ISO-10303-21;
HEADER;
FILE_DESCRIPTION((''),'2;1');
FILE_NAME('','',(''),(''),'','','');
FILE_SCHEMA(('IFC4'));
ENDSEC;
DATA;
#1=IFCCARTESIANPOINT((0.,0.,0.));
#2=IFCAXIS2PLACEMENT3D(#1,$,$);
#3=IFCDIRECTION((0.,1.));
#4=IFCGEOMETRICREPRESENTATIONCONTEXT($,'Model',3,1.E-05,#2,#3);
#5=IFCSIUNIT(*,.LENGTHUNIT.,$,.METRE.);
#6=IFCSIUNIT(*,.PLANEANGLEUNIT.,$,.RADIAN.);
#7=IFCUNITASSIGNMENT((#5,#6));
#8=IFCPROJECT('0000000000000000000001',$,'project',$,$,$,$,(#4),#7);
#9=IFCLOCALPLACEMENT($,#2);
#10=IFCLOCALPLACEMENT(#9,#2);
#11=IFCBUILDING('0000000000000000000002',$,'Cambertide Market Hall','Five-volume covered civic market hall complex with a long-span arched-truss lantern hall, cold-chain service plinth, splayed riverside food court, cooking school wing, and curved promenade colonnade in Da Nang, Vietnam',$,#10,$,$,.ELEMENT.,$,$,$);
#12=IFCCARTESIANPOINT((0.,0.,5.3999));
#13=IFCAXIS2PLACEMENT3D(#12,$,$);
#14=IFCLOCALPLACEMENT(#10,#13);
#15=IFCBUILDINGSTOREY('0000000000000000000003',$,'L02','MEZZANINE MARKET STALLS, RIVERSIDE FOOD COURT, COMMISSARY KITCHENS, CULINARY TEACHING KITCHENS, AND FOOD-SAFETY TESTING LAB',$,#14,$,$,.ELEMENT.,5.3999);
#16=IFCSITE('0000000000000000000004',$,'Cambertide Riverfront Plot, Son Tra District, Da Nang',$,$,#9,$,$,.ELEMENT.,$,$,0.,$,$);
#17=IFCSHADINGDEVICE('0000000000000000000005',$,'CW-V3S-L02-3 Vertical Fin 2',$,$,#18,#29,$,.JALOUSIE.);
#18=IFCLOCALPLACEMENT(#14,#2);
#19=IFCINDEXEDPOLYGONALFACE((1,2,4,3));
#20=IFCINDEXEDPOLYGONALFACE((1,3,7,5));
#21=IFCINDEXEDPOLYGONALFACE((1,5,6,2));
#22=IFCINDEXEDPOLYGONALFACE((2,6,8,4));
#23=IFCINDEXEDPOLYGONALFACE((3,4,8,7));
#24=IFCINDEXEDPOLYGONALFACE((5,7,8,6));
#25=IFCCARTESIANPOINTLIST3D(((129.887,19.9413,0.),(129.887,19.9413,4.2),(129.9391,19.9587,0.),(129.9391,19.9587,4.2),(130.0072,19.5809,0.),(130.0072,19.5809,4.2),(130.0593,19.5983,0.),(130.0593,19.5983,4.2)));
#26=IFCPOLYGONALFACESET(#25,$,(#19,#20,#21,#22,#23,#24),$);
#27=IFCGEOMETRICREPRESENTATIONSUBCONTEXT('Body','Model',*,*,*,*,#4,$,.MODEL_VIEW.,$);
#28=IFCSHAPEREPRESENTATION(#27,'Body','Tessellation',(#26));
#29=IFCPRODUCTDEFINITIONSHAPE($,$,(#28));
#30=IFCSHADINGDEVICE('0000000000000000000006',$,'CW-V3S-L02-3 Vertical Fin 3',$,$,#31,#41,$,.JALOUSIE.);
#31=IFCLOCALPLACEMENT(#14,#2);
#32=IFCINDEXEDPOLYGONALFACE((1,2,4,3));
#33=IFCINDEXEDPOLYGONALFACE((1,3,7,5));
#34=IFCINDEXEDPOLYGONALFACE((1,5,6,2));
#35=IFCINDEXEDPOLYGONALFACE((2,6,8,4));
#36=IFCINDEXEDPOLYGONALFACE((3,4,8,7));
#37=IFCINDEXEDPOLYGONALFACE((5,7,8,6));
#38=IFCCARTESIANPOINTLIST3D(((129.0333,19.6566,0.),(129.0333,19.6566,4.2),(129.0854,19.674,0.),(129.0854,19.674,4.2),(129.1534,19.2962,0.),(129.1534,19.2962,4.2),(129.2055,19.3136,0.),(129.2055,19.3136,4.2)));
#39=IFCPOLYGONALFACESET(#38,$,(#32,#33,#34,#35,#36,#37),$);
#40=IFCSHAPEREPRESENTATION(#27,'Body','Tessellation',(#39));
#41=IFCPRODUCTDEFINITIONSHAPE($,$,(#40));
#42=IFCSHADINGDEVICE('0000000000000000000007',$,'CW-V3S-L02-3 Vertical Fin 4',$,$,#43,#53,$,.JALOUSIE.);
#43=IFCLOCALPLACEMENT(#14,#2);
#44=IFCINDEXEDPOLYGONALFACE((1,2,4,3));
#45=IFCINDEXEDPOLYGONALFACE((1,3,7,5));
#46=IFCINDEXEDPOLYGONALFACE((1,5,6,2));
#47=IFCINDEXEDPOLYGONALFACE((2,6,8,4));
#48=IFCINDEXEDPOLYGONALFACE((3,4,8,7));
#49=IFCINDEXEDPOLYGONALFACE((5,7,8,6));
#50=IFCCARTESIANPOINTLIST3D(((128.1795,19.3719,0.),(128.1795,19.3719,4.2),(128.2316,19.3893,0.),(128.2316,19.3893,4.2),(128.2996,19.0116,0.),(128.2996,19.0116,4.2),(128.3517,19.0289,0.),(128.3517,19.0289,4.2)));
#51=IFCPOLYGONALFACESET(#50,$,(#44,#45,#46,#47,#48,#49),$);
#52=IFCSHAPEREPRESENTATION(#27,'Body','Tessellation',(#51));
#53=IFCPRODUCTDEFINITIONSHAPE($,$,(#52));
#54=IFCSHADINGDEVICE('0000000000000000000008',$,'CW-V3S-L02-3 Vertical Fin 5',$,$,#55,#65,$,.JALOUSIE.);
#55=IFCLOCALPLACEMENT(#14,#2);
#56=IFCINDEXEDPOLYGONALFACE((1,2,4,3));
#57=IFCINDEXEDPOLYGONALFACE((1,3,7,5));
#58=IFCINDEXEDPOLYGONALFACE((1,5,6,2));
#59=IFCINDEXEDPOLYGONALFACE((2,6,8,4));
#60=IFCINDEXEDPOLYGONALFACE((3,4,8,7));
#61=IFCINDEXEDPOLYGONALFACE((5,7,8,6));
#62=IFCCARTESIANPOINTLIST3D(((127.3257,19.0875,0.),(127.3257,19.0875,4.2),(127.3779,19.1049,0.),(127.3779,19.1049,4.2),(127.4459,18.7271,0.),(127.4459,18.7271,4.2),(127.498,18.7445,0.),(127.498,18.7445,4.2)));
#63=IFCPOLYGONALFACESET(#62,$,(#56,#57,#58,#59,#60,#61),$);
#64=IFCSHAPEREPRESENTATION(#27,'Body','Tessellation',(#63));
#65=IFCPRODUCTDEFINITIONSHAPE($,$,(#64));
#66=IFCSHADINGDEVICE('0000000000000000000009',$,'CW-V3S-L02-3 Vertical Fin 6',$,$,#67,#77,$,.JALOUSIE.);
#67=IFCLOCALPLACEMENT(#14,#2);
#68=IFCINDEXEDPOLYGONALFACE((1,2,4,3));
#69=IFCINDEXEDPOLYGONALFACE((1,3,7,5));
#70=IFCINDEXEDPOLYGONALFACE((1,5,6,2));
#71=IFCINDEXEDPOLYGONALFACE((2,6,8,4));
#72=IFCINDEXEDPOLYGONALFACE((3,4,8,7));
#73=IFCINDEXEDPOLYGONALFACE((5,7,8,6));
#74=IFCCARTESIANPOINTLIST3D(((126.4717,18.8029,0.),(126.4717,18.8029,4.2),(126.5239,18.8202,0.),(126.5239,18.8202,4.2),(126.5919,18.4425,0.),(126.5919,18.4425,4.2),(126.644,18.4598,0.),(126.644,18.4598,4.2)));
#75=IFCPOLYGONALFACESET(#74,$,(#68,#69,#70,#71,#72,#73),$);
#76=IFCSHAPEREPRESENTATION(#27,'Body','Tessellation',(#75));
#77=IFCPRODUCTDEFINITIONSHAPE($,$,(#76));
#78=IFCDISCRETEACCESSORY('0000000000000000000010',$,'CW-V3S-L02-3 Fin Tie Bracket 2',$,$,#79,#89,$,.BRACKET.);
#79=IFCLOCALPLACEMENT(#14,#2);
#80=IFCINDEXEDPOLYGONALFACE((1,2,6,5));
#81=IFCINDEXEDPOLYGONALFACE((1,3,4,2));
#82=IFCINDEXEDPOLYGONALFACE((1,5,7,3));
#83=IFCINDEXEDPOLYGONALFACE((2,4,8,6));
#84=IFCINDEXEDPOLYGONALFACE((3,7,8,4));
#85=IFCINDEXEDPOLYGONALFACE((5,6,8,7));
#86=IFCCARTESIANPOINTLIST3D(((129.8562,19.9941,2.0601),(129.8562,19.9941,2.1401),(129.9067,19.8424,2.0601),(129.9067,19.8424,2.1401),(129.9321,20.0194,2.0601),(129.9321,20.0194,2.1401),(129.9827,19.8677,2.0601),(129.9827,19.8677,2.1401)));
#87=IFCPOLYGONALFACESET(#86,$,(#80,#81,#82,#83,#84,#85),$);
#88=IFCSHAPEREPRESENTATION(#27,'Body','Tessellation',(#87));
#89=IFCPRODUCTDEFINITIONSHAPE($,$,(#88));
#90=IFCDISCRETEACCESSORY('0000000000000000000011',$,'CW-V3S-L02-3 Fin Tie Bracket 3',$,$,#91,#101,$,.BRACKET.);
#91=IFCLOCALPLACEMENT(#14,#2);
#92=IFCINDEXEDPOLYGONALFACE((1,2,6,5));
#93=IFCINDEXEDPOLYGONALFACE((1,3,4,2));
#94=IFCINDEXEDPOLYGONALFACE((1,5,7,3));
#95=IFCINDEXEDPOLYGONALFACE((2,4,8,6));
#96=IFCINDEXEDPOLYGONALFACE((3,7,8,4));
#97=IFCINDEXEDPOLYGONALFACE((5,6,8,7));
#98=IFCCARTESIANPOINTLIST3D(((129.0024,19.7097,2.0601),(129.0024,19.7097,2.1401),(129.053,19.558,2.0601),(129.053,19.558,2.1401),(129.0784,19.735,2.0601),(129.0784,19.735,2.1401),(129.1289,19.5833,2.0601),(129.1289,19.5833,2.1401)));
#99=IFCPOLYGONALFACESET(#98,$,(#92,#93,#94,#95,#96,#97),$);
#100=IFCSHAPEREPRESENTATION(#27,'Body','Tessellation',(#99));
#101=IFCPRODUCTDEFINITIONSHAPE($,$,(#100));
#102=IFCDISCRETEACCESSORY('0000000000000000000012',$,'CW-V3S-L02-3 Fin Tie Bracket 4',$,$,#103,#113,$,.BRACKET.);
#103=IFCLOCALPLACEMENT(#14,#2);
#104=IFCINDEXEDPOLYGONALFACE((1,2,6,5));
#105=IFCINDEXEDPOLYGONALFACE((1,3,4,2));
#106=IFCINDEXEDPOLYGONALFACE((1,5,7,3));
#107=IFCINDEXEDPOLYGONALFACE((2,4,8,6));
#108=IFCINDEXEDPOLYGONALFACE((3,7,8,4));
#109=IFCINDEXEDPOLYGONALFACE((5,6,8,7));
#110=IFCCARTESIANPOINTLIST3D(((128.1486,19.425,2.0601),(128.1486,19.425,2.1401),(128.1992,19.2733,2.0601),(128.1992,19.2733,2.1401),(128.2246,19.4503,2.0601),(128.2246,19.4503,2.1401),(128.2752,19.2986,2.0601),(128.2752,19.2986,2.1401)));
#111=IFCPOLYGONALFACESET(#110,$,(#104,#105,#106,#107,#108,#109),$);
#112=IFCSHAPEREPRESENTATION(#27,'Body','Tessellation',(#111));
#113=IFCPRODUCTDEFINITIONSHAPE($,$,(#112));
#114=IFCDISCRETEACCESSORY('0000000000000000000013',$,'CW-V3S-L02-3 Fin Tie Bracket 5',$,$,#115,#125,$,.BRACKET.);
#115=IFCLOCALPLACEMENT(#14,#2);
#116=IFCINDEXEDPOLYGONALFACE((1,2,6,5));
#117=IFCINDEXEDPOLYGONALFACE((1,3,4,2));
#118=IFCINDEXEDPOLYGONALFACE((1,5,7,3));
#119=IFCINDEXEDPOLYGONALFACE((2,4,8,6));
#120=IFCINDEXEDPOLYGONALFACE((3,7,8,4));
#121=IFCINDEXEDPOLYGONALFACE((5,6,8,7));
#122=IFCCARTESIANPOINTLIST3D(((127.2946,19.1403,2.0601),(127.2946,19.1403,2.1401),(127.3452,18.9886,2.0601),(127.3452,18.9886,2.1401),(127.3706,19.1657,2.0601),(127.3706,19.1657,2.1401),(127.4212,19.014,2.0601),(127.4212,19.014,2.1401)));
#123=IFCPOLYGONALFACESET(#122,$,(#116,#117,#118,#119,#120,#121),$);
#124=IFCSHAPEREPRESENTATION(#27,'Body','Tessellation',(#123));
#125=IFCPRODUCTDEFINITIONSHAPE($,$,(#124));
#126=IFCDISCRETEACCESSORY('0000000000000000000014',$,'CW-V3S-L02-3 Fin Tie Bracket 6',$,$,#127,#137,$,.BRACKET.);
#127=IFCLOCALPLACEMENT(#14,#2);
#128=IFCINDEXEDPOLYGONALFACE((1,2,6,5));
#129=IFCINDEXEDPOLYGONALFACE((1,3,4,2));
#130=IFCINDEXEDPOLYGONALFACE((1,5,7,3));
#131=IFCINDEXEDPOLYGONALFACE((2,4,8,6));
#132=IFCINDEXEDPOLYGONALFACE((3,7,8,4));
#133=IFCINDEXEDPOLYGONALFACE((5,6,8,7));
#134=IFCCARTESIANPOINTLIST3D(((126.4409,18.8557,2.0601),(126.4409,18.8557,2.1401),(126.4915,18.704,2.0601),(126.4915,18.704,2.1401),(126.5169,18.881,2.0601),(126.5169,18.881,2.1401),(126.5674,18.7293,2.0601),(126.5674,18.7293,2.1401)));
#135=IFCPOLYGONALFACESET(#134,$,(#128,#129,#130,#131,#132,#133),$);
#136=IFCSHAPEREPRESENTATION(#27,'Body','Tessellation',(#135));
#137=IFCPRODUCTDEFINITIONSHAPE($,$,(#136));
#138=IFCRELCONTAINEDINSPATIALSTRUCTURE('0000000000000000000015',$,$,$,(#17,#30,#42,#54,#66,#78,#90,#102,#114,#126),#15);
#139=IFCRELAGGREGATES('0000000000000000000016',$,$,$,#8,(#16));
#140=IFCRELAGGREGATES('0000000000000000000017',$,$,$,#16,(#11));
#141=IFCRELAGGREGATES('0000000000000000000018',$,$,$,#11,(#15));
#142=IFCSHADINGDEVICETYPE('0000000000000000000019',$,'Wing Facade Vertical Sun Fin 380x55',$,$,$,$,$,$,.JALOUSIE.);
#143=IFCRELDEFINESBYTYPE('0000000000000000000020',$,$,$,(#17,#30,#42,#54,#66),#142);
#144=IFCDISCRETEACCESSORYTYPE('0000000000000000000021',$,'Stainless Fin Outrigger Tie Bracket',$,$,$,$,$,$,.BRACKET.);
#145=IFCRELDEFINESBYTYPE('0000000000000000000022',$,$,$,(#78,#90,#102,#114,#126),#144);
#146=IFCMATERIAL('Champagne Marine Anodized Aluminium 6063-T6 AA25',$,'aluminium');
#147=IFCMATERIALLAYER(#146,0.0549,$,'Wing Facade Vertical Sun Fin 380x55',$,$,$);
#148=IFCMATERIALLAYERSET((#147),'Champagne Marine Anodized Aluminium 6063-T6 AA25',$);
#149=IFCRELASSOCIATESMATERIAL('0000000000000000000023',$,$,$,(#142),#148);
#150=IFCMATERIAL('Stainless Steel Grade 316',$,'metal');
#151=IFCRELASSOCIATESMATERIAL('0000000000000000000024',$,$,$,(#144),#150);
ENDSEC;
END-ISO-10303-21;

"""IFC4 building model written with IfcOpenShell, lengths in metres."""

from ifc_helpers import new_model, si_unit, direction, frame, origin, origin_2d, place, context, subcontext, project, spatial, rectangle, extrude, material, layer, layer_set, type_object, element, save


model = new_model("IFC4")

# Units and contexts
model_context = context("Model", 3, precision=1e-05, world=origin(), true_north=direction((0.0, 1.0)))
body_context = subcontext(model_context, "Body", "Model", "MODEL_VIEW")
ifc_project = project(units=[si_unit("LENGTHUNIT", "METRE"), si_unit("PLANEANGLEUNIT", "RADIAN")], contexts=[model_context])

# Site, building, storey
site_placement = place(None, origin())
site = spatial("IfcSite", under=ifc_project, at=site_placement, Name="Cambertide Riverfront Plot, Son Tra District, Da Nang", CompositionType="ELEMENT", RefElevation=0.0)
building_placement = place(site_placement, origin())
building = spatial("IfcBuilding", under=site, at=building_placement, Name="Cambertide Market Hall", Description="Five-volume covered civic market hall complex with a long-span arched-truss lantern hall, cold-chain service plinth, splayed riverside food court, cooking school wing, and curved promenade colonnade in Da Nang, Vietnam", CompositionType="ELEMENT")
storey_placement = place(building_placement, frame((0.0, 0.0, 5.3999)))
storey = spatial("IfcBuildingStorey", under=building, at=storey_placement, Name="L02", Description="MEZZANINE MARKET STALLS, RIVERSIDE FOOD COURT, COMMISSARY KITCHENS, CULINARY TEACHING KITCHENS, AND FOOD-SAFETY TESTING LAB", CompositionType="ELEMENT", Elevation=5.3999)

# Shading devices
ifc_material_1 = material(Name="Champagne Marine Anodized Aluminium 6063-T6 AA25", Category="aluminium")
ifc_layer_1 = layer(ifc_material_1, 0.0549, Name="Wing Facade Vertical Sun Fin 380x55")
ifc_layer_set_1 = layer_set([ifc_layer_1], Name="Champagne Marine Anodized Aluminium 6063-T6 AA25")
shading_device_type = type_object("IfcShadingDeviceType", Name="Wing Facade Vertical Sun Fin 380x55", PredefinedType="JALOUSIE", material=ifc_layer_set_1)
for number, where, z_axis, x_axis, name in (
    (1, (129.9731, 19.7698, 0.0), (0.0, 0.0, 1.0), (-0.948683, -0.316228, 0.0), "CW-V3S-L02-3 Vertical Fin 2"),
    (2, (129.1194, 19.4851, 0.0), (0.0, 0.0, 1.0), (-0.948683, -0.316228, 0.0), "CW-V3S-L02-3 Vertical Fin 3"),
    (3, (128.2656, 19.2004, 0.0), (0.0, 0.0, 1.0), (-0.948683, -0.316228, 0.0), "CW-V3S-L02-3 Vertical Fin 4"),
    (4, (127.4119, 18.916, 0.0), (0.0, 0.0, 1.0), (-0.948683, -0.316228, 0.0), "CW-V3S-L02-3 Vertical Fin 5"),
    (5, (126.5579, 18.6313, 0.0), (0.0, 0.0, 1.0), (-0.948683, -0.316228, 0.0), "CW-V3S-L02-3 Vertical Fin 6"),
):
    element("IfcShadingDevice", number, at=place(storey_placement, frame(where, z_axis=z_axis, x_axis=x_axis)), inside=storey, type_object=shading_device_type, Name=name, PredefinedType="JALOUSIE", context=body_context, shape_type="SweptSolid", body=[
        extrude(rectangle(XDim=0.0549, YDim=0.3799, at=origin_2d()), origin(), (0.0, 0.0, 1.0), 4.2),
    ])

# Discrete accessories
ifc_material_2 = material(Name="Stainless Steel Grade 316", Category="metal")
discrete_accessory_type = type_object("IfcDiscreteAccessoryType", Name="Stainless Fin Outrigger Tie Bracket", PredefinedType="BRACKET", material=ifc_material_2)
for number, where, z_axis, x_axis, name in (
    (6, (129.9194, 19.9309, 2.0601), (0.0, 0.0, 1.0), (-0.948683, -0.316228, 0.0), "CW-V3S-L02-3 Fin Tie Bracket 2"),
    (7, (129.0657, 19.6465, 2.0601), (0.0, 0.0, 1.0), (-0.948683, -0.316228, 0.0), "CW-V3S-L02-3 Fin Tie Bracket 3"),
    (8, (128.2119, 19.3618, 2.0601), (0.0, 0.0, 1.0), (-0.948683, -0.316228, 0.0), "CW-V3S-L02-3 Fin Tie Bracket 4"),
    (9, (127.3579, 19.0771, 2.0601), (0.0, 0.0, 1.0), (-0.948683, -0.316228, 0.0), "CW-V3S-L02-3 Fin Tie Bracket 5"),
    (10, (126.5042, 18.7925, 2.0601), (0.0, 0.0, 1.0), (-0.948683, -0.316228, 0.0), "CW-V3S-L02-3 Fin Tie Bracket 6"),
):
    element("IfcDiscreteAccessory", number, at=place(storey_placement, frame(where, z_axis=z_axis, x_axis=x_axis)), inside=storey, type_object=discrete_accessory_type, Name=name, PredefinedType="BRACKET", context=body_context, shape_type="SweptSolid", body=[
        extrude(rectangle(XDim=0.0801, YDim=0.1599, at=origin_2d()), origin(), (0.0, 0.0, 1.0), 0.0801),
    ])

save(model, "model.ifc")
